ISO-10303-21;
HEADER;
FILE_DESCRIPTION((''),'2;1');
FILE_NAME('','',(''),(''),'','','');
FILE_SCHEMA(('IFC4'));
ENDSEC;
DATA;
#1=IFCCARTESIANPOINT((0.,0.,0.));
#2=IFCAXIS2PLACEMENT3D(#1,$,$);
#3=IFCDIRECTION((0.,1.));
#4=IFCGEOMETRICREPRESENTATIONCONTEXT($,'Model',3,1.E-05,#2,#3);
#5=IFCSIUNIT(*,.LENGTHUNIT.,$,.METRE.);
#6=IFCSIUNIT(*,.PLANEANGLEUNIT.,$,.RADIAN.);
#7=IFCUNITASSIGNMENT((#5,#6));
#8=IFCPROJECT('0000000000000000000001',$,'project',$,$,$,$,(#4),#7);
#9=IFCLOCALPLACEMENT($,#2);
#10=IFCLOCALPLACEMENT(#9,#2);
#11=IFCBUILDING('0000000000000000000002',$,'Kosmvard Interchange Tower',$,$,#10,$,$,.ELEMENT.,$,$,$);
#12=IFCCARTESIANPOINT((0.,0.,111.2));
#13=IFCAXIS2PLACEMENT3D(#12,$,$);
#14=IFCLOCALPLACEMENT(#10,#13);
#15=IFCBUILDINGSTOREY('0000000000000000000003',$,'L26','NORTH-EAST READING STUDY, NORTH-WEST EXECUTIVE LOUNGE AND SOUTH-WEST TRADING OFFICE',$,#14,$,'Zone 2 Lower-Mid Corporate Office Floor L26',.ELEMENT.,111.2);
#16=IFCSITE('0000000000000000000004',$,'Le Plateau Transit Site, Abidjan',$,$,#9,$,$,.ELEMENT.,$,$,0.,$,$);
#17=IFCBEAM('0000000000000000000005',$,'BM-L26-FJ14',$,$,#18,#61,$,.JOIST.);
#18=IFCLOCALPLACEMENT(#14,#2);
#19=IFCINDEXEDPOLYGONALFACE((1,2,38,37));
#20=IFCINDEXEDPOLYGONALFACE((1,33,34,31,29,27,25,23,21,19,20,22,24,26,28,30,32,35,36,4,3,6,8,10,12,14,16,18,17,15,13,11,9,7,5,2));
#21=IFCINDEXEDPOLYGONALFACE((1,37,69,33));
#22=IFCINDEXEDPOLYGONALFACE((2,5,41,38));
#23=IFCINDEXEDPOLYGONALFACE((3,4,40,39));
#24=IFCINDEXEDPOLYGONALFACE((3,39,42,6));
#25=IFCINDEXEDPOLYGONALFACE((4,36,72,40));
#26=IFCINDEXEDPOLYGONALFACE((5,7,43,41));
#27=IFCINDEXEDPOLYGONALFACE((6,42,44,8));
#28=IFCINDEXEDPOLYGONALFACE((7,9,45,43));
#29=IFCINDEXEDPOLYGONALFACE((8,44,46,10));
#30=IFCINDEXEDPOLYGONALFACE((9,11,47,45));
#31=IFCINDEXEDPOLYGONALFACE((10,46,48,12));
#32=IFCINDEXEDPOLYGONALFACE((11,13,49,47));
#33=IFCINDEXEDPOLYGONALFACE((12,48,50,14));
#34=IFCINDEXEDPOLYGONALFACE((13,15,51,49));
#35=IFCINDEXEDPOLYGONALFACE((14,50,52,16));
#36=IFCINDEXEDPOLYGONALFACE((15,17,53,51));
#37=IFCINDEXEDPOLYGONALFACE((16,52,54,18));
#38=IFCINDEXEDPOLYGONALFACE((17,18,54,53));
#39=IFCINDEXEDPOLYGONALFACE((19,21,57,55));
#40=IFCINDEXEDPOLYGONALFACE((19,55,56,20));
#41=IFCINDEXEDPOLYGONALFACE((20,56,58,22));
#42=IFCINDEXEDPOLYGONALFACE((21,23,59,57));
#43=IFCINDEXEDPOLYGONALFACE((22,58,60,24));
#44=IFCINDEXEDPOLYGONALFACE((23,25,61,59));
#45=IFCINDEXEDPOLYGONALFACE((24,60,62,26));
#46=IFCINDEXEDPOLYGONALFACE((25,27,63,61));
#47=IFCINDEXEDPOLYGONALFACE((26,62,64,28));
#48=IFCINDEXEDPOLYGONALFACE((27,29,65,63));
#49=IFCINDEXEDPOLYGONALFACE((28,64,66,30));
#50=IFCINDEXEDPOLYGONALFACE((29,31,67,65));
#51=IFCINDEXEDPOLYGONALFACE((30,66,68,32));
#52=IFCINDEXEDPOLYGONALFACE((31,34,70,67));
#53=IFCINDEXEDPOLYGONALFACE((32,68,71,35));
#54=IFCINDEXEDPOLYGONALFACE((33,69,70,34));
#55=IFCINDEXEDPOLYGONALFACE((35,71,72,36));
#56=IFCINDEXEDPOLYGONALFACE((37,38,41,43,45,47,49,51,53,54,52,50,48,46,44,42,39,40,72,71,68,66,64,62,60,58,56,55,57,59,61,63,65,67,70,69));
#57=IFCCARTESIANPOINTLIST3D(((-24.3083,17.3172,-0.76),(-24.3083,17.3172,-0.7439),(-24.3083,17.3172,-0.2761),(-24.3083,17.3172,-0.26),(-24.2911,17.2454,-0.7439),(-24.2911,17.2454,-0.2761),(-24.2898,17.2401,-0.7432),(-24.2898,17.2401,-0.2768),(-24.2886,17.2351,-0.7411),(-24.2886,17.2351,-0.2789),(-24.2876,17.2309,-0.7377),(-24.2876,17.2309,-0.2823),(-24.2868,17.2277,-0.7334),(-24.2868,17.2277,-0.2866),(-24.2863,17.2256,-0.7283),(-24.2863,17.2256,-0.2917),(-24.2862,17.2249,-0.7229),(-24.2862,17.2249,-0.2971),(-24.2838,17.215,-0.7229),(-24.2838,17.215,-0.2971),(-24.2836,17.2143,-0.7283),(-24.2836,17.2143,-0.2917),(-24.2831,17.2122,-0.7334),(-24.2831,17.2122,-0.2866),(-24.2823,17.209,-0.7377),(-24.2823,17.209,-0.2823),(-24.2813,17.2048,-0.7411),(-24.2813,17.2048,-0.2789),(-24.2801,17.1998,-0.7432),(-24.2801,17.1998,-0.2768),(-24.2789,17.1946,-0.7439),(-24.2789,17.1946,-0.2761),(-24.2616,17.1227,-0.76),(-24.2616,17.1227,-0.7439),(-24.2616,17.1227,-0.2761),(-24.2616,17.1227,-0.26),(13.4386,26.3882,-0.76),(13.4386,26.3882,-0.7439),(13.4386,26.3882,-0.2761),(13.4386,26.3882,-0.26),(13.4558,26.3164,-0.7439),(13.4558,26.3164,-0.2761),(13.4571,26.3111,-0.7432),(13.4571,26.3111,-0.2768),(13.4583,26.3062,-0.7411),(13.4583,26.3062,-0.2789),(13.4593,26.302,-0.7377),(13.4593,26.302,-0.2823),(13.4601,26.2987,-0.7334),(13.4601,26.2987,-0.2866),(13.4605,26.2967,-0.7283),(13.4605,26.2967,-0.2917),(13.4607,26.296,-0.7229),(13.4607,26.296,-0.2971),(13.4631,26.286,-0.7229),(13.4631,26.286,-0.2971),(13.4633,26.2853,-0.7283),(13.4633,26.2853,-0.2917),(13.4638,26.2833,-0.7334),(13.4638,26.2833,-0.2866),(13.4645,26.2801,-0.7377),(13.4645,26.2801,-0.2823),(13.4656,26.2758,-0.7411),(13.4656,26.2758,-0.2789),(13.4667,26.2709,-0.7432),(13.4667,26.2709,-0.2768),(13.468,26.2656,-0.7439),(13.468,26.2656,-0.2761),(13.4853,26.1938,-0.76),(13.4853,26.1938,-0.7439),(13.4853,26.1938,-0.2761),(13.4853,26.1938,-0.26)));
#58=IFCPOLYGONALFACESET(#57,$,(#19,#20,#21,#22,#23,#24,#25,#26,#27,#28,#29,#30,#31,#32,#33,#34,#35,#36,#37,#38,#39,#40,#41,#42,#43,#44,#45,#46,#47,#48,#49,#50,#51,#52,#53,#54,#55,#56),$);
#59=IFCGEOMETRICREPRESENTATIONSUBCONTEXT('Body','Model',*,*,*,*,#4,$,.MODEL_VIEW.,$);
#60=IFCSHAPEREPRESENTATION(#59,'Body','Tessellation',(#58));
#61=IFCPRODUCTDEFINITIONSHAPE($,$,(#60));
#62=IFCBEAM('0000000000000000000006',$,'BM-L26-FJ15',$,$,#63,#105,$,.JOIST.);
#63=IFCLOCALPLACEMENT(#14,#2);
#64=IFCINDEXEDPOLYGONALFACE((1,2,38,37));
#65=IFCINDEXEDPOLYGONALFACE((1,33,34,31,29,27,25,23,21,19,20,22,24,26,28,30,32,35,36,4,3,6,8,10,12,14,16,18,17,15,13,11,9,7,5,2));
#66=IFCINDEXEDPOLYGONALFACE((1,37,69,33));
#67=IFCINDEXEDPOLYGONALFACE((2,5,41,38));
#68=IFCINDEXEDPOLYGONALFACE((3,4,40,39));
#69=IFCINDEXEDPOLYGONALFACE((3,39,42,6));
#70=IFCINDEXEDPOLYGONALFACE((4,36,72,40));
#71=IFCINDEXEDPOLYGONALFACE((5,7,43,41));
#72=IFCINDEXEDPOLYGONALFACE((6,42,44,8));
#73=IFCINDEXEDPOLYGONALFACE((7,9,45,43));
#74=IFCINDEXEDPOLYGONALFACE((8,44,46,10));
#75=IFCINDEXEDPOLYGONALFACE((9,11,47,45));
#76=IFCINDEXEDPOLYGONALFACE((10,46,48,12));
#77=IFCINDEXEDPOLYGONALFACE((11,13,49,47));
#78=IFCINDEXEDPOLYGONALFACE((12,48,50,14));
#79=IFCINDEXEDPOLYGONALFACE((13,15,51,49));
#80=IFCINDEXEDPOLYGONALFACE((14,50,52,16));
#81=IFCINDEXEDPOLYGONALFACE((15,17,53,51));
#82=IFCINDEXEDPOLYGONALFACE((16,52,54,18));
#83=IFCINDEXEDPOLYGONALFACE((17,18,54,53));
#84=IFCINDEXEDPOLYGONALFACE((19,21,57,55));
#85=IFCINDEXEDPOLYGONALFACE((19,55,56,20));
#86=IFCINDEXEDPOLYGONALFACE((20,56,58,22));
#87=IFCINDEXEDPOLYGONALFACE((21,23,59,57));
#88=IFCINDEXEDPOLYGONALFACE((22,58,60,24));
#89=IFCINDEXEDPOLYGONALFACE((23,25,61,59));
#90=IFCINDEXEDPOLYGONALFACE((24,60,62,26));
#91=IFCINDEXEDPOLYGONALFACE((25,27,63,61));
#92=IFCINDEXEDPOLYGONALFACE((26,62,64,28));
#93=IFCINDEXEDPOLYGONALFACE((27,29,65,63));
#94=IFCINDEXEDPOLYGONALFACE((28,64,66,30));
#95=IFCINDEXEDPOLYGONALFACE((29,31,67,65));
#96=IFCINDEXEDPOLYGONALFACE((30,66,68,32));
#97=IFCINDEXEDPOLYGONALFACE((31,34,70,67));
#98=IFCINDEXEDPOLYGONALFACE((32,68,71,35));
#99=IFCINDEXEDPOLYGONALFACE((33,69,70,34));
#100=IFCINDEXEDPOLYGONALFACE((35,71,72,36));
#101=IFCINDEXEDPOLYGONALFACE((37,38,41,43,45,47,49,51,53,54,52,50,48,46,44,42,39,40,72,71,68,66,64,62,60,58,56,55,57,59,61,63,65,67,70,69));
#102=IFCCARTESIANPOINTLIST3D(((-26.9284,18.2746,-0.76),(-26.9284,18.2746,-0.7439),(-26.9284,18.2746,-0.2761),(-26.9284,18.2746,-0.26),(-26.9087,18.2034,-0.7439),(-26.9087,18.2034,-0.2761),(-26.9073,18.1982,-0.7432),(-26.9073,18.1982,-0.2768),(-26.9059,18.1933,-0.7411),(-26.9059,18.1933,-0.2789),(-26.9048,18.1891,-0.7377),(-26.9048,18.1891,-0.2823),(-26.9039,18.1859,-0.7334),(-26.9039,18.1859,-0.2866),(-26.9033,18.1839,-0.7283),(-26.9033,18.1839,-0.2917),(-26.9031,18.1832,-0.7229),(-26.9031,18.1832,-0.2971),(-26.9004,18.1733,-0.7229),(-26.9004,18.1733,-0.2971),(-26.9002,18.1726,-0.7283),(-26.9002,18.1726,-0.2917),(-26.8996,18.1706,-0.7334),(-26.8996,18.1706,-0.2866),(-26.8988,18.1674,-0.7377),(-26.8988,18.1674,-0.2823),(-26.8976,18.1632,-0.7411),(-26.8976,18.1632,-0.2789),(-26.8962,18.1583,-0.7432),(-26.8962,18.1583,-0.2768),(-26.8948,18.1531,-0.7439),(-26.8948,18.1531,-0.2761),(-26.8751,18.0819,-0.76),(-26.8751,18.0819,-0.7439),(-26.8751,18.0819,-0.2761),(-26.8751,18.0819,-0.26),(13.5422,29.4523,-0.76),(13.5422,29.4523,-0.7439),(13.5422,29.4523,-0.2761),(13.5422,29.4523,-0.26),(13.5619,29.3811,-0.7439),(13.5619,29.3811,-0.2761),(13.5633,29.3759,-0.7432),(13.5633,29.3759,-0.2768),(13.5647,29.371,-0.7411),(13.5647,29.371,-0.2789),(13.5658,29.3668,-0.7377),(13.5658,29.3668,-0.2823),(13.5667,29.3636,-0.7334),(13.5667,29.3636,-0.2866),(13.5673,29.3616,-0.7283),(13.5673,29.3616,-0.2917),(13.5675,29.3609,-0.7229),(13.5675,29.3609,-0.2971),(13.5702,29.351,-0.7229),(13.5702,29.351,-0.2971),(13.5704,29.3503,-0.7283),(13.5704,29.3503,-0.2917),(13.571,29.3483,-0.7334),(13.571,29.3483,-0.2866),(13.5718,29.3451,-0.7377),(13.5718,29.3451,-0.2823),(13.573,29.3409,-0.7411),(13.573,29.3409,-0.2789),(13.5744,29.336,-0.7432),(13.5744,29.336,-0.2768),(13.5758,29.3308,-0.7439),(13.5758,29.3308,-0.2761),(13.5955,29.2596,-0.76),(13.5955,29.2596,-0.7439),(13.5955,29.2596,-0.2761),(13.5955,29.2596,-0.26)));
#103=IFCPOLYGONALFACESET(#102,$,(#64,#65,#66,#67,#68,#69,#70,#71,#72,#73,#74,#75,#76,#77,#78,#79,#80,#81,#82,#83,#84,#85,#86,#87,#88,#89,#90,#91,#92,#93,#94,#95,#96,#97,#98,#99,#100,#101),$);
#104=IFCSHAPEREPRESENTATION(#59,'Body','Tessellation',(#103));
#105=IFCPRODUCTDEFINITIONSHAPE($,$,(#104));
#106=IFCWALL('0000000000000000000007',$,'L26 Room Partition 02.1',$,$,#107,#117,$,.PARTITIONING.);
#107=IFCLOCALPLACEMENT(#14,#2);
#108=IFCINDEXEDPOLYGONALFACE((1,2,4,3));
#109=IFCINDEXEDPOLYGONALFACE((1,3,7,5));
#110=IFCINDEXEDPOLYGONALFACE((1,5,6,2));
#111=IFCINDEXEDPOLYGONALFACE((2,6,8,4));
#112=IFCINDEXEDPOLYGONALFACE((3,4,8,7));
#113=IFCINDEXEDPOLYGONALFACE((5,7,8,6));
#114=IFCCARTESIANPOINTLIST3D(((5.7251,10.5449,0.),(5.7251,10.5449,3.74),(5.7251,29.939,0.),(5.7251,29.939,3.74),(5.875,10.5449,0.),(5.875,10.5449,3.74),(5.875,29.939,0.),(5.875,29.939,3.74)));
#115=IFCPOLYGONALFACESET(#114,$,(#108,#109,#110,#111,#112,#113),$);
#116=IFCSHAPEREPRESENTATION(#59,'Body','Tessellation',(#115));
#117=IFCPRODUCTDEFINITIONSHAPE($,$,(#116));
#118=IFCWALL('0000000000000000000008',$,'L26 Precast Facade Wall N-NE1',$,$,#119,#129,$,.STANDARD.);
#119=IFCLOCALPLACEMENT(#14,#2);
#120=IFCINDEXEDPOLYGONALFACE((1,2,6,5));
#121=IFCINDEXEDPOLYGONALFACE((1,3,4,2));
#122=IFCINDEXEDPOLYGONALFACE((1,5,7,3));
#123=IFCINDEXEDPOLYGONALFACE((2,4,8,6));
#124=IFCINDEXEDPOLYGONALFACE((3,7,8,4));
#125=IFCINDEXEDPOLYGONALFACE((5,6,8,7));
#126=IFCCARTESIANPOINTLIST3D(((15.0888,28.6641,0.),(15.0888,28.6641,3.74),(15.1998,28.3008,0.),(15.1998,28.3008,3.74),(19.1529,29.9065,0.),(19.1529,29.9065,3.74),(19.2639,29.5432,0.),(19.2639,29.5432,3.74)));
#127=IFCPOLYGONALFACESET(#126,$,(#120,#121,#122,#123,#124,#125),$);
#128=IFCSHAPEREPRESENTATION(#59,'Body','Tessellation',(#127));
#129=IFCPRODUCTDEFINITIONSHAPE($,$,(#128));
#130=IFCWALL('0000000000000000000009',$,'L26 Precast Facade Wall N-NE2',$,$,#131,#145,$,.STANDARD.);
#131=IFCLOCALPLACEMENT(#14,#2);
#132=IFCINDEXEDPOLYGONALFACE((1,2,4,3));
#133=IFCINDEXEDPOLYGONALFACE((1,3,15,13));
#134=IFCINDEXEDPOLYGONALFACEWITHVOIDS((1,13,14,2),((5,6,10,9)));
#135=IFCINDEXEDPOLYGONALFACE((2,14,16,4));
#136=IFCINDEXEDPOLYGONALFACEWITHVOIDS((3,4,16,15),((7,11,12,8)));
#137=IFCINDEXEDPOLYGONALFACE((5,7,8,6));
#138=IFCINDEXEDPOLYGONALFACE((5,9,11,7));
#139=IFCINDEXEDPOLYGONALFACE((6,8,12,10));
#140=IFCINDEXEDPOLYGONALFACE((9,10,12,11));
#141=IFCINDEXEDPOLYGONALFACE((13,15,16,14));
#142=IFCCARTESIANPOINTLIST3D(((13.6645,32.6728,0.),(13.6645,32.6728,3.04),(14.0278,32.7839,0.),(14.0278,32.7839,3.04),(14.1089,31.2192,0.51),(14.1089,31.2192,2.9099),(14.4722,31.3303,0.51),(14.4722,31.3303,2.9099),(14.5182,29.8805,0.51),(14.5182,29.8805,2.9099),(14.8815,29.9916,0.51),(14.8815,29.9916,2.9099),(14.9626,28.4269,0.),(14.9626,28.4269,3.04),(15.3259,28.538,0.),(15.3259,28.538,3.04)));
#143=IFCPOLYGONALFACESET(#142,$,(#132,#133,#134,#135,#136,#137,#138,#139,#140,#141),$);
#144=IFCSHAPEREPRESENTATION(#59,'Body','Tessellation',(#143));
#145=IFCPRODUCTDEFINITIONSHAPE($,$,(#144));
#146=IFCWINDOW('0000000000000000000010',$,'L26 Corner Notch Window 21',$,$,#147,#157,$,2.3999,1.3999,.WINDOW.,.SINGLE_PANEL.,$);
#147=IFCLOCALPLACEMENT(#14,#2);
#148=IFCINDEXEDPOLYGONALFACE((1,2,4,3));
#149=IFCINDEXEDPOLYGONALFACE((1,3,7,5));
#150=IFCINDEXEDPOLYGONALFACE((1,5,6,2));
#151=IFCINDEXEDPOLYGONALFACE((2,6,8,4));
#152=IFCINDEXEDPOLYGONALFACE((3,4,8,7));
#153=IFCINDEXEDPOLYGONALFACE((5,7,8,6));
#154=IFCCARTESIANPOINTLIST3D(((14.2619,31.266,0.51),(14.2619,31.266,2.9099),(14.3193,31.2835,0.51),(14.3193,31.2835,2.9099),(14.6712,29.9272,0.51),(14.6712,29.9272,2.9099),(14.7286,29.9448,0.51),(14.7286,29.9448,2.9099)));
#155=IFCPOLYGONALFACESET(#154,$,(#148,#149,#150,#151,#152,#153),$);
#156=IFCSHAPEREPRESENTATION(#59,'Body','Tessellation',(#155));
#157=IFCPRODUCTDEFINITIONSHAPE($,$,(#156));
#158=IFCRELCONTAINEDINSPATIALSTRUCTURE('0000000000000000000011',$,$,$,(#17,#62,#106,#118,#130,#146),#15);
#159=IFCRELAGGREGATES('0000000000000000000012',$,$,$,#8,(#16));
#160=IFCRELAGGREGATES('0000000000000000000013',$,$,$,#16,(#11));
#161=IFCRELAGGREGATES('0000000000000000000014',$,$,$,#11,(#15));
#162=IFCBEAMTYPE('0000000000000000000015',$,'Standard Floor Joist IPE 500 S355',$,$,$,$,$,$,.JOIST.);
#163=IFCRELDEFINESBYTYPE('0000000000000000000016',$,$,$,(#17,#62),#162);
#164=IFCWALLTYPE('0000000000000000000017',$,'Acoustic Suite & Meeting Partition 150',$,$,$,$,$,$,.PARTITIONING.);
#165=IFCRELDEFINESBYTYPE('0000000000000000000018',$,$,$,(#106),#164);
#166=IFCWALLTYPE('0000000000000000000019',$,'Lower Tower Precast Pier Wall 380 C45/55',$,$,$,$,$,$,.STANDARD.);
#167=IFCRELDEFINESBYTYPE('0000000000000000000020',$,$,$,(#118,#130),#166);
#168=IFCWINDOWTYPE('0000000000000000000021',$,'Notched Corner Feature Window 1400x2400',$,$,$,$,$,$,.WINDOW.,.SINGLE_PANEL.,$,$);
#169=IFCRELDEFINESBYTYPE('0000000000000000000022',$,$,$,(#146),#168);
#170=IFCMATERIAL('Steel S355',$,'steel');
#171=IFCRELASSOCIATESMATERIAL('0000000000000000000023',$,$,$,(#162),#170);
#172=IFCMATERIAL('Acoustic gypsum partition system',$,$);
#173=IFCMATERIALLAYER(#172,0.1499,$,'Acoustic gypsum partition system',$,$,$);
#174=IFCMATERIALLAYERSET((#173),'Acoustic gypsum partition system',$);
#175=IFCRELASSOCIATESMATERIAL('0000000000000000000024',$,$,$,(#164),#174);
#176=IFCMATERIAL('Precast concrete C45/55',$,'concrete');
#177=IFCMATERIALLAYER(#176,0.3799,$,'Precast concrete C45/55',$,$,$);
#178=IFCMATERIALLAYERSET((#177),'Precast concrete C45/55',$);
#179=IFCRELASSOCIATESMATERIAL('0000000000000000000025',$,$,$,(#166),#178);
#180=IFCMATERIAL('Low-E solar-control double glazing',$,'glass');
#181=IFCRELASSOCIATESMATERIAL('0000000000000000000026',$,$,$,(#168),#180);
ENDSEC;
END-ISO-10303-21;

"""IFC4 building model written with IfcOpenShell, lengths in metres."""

from ifc_helpers import new_model, si_unit, direction, frame, frame_2d, origin, origin_2d, place, context, subcontext, project, spatial, rectangle, i_section, extrude, source, transform, mapped, material, layer, layer_set, material_profile, profile_set, type_object, element, fill, save


model = new_model("IFC4")

# Units and contexts
model_context = context("Model", 3, precision=1e-05, world=origin(), true_north=direction((0.0, 1.0)))
body_context = subcontext(model_context, "Body", "Model", "MODEL_VIEW")
ifc_project = project(units=[si_unit("LENGTHUNIT", "METRE"), si_unit("PLANEANGLEUNIT", "RADIAN")], contexts=[model_context])

# Site, building, storey
site_placement = place(None, origin())
site = spatial("IfcSite", under=ifc_project, at=site_placement, Name="Le Plateau Transit Site, Abidjan", CompositionType="ELEMENT", RefElevation=0.0)
building_placement = place(site_placement, origin())
building = spatial("IfcBuilding", under=site, at=building_placement, Name="Kosmvard Interchange Tower", CompositionType="ELEMENT")
storey_placement = place(building_placement, frame((0.0, 0.0, 111.2)))
storey = spatial("IfcBuildingStorey", under=building, at=storey_placement, Name="L26", Description="NORTH-EAST READING STUDY, NORTH-WEST EXECUTIVE LOUNGE AND SOUTH-WEST TRADING OFFICE", LongName="Zone 2 Lower-Mid Corporate Office Floor L26", CompositionType="ELEMENT", Elevation=111.2)

# Beams
ifc_material_1 = material(Name="Steel S355", Category="steel")
ifc_material_2 = material(Name="Precast concrete C45/55", Category="concrete")
ifc_material_profile_1 = material_profile(ifc_material_1, i_section(OverallWidth=0.2, OverallDepth=0.5, WebThickness=0.0103, FlangeThickness=0.0161, FilletRadius=0.021, at=origin_2d()), Name="IPE 500")
ifc_profile_set_1 = profile_set([ifc_material_profile_1], Name="Steel S355")
beam_type_1 = type_object("IfcBeamType", Name="Standard Floor Joist IPE 500 S355", PredefinedType="JOIST", material=ifc_profile_set_1)
shared_shape_1 = source(origin(), body_context, "Body", "SweptSolid", [
    extrude(i_section(OverallWidth=0.2, OverallDepth=0.5, WebThickness=0.0103, FlangeThickness=0.0161, FilletRadius=0.021, at=origin_2d()), origin(), (0.0, 0.0, 1.0), 38.8215),
])
beam_1_placement = place(storey_placement, frame((13.4619, 26.291, -0.51), z_axis=(-0.972318, -0.233661, 0.0), x_axis=(0.233661, -0.972318, 0.0)))
element("IfcBeam", 1, at=beam_1_placement, inside=storey, type_object=beam_type_1, Name="BM-L26-FJ14", PredefinedType="JOIST", context=body_context, shape_type="MappedRepresentation", body=[
    mapped(shared_shape_1, transform((0.0, 0.0, 0.0), scale=1.0)),
])
shared_shape_2 = source(origin(), body_context, "Body", "SweptSolid", [
    extrude(i_section(OverallWidth=0.2, OverallDepth=0.5, WebThickness=0.0103, FlangeThickness=0.0161, FilletRadius=0.021, at=origin_2d()), origin(), (0.0, 0.0, 1.0), 41.9858),
])
beam_2_placement = place(storey_placement, frame((13.5688, 29.356, -0.51), z_axis=(-0.963911, -0.266226, 0.0), x_axis=(0.266226, -0.963911, 0.0)))
element("IfcBeam", 2, at=beam_2_placement, inside=storey, type_object=beam_type_1, Name="BM-L26-FJ15", PredefinedType="JOIST", context=body_context, shape_type="MappedRepresentation", body=[
    mapped(shared_shape_2, transform((0.0, 0.0, 0.0), scale=1.0)),
])

# Walls
ifc_material_3 = material(Name="Acoustic gypsum partition system")
ifc_layer_1 = layer(ifc_material_3, 0.1499, Name="Acoustic gypsum partition system")
ifc_layer_set_1 = layer_set([ifc_layer_1], Name="Acoustic gypsum partition system")
wall_type_1 = type_object("IfcWallType", Name="Acoustic Suite & Meeting Partition 150", PredefinedType="PARTITIONING", material=ifc_layer_set_1)
wall_1_placement = place(storey_placement, frame((5.8, 10.5449, 0.0), z_axis=(0.0, 0.0, 1.0), x_axis=(0.0, 1.0, 0.0)))
element("IfcWall", 3, at=wall_1_placement, inside=storey, type_object=wall_type_1, Name="L26 Room Partition 02.1", PredefinedType="PARTITIONING", context=body_context, shape_type="SweptSolid", body=[
    extrude(rectangle(XDim=19.394, YDim=0.1499, at=frame_2d((9.697, 0.0))), origin(), (0.0, 0.0, 1.0), 3.74),
])
ifc_layer_2 = layer(ifc_material_2, 0.3799, Name="Precast concrete C45/55")
ifc_layer_set_2 = layer_set([ifc_layer_2], Name="Precast concrete C45/55")
wall_type_2 = type_object("IfcWallType", Name="Lower Tower Precast Pier Wall 380 C45/55", PredefinedType="STANDARD", material=ifc_layer_set_2)
wall_2_placement = place(storey_placement, frame((19.2085, 29.7249, 0.0), z_axis=(0.0, 0.0, 1.0), x_axis=(-0.956313, -0.292346, 0.0)))
element("IfcWall", 4, at=wall_2_placement, inside=storey, type_object=wall_type_2, Name="L26 Precast Facade Wall N-NE1", PredefinedType="STANDARD", context=body_context, shape_type="SweptSolid", body=[
    extrude(rectangle(XDim=4.2498, YDim=0.3799, at=frame_2d((2.125, 0.0))), origin(), (0.0, 0.0, 1.0), 3.74),
])

# Wall, opening, window
wall_3_placement = place(storey_placement, frame((15.1443, 28.4824, 0.0), z_axis=(0.0, 0.0, 1.0), x_axis=(-0.292374, 0.956304, 0.0)))
wall_3 = element("IfcWall", 5, at=wall_3_placement, inside=storey, type_object=wall_type_2, Name="L26 Precast Facade Wall N-NE2", PredefinedType="STANDARD", context=body_context, shape_type="SweptSolid", body=[
    extrude(rectangle(XDim=4.4399, YDim=0.3799, at=frame_2d((2.22, 0.0))), origin(), (0.0, 0.0, 1.0), 3.04),
])
opening_1_placement = place(wall_3_placement, frame((1.52, 0.0, 0.51)))
opening_1 = element("IfcOpeningElement", 6, at=opening_1_placement, cuts=wall_3, PredefinedType="OPENING", context=body_context, shape_type="SweptSolid", body=[
    extrude(rectangle(XDim=1.3999, YDim=2.3999, at=frame_2d((0.7, 1.2))), frame((0.0, 0.2, 0.0), z_axis=(0.0, -1.0, 0.0), x_axis=(1.0, 0.0, 0.0)), (0.0, 0.0, 1.0), 0.3999),
])
ifc_material_4 = material(Name="Low-E solar-control double glazing", Category="glass")
window_type_1 = type_object("IfcWindowType", Name="Notched Corner Feature Window 1400x2400", PartitioningType="SINGLE_PANEL", PredefinedType="WINDOW", material=ifc_material_4)
shared_shape_3 = source(origin(), body_context, "Body", "SweptSolid", [
    extrude(rectangle(XDim=1.3999, YDim=2.3999, at=frame_2d((0.7, 1.2))), frame((0.0, 0.03, 0.0), z_axis=(0.0, -1.0, 0.0), x_axis=(1.0, 0.0, 0.0)), (0.0, 0.0, 1.0), 0.0601),
])
window_1_placement = place(opening_1_placement, origin())
window_1 = element("IfcWindow", 7, at=window_1_placement, inside=storey, type_object=window_type_1, Name="L26 Corner Notch Window 21", OverallHeight=2.3999, OverallWidth=1.3999, PartitioningType="SINGLE_PANEL", PredefinedType="WINDOW", context=body_context, shape_type="MappedRepresentation", body=[
    mapped(shared_shape_3, transform((0.0, 0.0, 0.0), scale=1.0)),
])
fill(opening_1, window_1)

save(model, "model.ifc")
